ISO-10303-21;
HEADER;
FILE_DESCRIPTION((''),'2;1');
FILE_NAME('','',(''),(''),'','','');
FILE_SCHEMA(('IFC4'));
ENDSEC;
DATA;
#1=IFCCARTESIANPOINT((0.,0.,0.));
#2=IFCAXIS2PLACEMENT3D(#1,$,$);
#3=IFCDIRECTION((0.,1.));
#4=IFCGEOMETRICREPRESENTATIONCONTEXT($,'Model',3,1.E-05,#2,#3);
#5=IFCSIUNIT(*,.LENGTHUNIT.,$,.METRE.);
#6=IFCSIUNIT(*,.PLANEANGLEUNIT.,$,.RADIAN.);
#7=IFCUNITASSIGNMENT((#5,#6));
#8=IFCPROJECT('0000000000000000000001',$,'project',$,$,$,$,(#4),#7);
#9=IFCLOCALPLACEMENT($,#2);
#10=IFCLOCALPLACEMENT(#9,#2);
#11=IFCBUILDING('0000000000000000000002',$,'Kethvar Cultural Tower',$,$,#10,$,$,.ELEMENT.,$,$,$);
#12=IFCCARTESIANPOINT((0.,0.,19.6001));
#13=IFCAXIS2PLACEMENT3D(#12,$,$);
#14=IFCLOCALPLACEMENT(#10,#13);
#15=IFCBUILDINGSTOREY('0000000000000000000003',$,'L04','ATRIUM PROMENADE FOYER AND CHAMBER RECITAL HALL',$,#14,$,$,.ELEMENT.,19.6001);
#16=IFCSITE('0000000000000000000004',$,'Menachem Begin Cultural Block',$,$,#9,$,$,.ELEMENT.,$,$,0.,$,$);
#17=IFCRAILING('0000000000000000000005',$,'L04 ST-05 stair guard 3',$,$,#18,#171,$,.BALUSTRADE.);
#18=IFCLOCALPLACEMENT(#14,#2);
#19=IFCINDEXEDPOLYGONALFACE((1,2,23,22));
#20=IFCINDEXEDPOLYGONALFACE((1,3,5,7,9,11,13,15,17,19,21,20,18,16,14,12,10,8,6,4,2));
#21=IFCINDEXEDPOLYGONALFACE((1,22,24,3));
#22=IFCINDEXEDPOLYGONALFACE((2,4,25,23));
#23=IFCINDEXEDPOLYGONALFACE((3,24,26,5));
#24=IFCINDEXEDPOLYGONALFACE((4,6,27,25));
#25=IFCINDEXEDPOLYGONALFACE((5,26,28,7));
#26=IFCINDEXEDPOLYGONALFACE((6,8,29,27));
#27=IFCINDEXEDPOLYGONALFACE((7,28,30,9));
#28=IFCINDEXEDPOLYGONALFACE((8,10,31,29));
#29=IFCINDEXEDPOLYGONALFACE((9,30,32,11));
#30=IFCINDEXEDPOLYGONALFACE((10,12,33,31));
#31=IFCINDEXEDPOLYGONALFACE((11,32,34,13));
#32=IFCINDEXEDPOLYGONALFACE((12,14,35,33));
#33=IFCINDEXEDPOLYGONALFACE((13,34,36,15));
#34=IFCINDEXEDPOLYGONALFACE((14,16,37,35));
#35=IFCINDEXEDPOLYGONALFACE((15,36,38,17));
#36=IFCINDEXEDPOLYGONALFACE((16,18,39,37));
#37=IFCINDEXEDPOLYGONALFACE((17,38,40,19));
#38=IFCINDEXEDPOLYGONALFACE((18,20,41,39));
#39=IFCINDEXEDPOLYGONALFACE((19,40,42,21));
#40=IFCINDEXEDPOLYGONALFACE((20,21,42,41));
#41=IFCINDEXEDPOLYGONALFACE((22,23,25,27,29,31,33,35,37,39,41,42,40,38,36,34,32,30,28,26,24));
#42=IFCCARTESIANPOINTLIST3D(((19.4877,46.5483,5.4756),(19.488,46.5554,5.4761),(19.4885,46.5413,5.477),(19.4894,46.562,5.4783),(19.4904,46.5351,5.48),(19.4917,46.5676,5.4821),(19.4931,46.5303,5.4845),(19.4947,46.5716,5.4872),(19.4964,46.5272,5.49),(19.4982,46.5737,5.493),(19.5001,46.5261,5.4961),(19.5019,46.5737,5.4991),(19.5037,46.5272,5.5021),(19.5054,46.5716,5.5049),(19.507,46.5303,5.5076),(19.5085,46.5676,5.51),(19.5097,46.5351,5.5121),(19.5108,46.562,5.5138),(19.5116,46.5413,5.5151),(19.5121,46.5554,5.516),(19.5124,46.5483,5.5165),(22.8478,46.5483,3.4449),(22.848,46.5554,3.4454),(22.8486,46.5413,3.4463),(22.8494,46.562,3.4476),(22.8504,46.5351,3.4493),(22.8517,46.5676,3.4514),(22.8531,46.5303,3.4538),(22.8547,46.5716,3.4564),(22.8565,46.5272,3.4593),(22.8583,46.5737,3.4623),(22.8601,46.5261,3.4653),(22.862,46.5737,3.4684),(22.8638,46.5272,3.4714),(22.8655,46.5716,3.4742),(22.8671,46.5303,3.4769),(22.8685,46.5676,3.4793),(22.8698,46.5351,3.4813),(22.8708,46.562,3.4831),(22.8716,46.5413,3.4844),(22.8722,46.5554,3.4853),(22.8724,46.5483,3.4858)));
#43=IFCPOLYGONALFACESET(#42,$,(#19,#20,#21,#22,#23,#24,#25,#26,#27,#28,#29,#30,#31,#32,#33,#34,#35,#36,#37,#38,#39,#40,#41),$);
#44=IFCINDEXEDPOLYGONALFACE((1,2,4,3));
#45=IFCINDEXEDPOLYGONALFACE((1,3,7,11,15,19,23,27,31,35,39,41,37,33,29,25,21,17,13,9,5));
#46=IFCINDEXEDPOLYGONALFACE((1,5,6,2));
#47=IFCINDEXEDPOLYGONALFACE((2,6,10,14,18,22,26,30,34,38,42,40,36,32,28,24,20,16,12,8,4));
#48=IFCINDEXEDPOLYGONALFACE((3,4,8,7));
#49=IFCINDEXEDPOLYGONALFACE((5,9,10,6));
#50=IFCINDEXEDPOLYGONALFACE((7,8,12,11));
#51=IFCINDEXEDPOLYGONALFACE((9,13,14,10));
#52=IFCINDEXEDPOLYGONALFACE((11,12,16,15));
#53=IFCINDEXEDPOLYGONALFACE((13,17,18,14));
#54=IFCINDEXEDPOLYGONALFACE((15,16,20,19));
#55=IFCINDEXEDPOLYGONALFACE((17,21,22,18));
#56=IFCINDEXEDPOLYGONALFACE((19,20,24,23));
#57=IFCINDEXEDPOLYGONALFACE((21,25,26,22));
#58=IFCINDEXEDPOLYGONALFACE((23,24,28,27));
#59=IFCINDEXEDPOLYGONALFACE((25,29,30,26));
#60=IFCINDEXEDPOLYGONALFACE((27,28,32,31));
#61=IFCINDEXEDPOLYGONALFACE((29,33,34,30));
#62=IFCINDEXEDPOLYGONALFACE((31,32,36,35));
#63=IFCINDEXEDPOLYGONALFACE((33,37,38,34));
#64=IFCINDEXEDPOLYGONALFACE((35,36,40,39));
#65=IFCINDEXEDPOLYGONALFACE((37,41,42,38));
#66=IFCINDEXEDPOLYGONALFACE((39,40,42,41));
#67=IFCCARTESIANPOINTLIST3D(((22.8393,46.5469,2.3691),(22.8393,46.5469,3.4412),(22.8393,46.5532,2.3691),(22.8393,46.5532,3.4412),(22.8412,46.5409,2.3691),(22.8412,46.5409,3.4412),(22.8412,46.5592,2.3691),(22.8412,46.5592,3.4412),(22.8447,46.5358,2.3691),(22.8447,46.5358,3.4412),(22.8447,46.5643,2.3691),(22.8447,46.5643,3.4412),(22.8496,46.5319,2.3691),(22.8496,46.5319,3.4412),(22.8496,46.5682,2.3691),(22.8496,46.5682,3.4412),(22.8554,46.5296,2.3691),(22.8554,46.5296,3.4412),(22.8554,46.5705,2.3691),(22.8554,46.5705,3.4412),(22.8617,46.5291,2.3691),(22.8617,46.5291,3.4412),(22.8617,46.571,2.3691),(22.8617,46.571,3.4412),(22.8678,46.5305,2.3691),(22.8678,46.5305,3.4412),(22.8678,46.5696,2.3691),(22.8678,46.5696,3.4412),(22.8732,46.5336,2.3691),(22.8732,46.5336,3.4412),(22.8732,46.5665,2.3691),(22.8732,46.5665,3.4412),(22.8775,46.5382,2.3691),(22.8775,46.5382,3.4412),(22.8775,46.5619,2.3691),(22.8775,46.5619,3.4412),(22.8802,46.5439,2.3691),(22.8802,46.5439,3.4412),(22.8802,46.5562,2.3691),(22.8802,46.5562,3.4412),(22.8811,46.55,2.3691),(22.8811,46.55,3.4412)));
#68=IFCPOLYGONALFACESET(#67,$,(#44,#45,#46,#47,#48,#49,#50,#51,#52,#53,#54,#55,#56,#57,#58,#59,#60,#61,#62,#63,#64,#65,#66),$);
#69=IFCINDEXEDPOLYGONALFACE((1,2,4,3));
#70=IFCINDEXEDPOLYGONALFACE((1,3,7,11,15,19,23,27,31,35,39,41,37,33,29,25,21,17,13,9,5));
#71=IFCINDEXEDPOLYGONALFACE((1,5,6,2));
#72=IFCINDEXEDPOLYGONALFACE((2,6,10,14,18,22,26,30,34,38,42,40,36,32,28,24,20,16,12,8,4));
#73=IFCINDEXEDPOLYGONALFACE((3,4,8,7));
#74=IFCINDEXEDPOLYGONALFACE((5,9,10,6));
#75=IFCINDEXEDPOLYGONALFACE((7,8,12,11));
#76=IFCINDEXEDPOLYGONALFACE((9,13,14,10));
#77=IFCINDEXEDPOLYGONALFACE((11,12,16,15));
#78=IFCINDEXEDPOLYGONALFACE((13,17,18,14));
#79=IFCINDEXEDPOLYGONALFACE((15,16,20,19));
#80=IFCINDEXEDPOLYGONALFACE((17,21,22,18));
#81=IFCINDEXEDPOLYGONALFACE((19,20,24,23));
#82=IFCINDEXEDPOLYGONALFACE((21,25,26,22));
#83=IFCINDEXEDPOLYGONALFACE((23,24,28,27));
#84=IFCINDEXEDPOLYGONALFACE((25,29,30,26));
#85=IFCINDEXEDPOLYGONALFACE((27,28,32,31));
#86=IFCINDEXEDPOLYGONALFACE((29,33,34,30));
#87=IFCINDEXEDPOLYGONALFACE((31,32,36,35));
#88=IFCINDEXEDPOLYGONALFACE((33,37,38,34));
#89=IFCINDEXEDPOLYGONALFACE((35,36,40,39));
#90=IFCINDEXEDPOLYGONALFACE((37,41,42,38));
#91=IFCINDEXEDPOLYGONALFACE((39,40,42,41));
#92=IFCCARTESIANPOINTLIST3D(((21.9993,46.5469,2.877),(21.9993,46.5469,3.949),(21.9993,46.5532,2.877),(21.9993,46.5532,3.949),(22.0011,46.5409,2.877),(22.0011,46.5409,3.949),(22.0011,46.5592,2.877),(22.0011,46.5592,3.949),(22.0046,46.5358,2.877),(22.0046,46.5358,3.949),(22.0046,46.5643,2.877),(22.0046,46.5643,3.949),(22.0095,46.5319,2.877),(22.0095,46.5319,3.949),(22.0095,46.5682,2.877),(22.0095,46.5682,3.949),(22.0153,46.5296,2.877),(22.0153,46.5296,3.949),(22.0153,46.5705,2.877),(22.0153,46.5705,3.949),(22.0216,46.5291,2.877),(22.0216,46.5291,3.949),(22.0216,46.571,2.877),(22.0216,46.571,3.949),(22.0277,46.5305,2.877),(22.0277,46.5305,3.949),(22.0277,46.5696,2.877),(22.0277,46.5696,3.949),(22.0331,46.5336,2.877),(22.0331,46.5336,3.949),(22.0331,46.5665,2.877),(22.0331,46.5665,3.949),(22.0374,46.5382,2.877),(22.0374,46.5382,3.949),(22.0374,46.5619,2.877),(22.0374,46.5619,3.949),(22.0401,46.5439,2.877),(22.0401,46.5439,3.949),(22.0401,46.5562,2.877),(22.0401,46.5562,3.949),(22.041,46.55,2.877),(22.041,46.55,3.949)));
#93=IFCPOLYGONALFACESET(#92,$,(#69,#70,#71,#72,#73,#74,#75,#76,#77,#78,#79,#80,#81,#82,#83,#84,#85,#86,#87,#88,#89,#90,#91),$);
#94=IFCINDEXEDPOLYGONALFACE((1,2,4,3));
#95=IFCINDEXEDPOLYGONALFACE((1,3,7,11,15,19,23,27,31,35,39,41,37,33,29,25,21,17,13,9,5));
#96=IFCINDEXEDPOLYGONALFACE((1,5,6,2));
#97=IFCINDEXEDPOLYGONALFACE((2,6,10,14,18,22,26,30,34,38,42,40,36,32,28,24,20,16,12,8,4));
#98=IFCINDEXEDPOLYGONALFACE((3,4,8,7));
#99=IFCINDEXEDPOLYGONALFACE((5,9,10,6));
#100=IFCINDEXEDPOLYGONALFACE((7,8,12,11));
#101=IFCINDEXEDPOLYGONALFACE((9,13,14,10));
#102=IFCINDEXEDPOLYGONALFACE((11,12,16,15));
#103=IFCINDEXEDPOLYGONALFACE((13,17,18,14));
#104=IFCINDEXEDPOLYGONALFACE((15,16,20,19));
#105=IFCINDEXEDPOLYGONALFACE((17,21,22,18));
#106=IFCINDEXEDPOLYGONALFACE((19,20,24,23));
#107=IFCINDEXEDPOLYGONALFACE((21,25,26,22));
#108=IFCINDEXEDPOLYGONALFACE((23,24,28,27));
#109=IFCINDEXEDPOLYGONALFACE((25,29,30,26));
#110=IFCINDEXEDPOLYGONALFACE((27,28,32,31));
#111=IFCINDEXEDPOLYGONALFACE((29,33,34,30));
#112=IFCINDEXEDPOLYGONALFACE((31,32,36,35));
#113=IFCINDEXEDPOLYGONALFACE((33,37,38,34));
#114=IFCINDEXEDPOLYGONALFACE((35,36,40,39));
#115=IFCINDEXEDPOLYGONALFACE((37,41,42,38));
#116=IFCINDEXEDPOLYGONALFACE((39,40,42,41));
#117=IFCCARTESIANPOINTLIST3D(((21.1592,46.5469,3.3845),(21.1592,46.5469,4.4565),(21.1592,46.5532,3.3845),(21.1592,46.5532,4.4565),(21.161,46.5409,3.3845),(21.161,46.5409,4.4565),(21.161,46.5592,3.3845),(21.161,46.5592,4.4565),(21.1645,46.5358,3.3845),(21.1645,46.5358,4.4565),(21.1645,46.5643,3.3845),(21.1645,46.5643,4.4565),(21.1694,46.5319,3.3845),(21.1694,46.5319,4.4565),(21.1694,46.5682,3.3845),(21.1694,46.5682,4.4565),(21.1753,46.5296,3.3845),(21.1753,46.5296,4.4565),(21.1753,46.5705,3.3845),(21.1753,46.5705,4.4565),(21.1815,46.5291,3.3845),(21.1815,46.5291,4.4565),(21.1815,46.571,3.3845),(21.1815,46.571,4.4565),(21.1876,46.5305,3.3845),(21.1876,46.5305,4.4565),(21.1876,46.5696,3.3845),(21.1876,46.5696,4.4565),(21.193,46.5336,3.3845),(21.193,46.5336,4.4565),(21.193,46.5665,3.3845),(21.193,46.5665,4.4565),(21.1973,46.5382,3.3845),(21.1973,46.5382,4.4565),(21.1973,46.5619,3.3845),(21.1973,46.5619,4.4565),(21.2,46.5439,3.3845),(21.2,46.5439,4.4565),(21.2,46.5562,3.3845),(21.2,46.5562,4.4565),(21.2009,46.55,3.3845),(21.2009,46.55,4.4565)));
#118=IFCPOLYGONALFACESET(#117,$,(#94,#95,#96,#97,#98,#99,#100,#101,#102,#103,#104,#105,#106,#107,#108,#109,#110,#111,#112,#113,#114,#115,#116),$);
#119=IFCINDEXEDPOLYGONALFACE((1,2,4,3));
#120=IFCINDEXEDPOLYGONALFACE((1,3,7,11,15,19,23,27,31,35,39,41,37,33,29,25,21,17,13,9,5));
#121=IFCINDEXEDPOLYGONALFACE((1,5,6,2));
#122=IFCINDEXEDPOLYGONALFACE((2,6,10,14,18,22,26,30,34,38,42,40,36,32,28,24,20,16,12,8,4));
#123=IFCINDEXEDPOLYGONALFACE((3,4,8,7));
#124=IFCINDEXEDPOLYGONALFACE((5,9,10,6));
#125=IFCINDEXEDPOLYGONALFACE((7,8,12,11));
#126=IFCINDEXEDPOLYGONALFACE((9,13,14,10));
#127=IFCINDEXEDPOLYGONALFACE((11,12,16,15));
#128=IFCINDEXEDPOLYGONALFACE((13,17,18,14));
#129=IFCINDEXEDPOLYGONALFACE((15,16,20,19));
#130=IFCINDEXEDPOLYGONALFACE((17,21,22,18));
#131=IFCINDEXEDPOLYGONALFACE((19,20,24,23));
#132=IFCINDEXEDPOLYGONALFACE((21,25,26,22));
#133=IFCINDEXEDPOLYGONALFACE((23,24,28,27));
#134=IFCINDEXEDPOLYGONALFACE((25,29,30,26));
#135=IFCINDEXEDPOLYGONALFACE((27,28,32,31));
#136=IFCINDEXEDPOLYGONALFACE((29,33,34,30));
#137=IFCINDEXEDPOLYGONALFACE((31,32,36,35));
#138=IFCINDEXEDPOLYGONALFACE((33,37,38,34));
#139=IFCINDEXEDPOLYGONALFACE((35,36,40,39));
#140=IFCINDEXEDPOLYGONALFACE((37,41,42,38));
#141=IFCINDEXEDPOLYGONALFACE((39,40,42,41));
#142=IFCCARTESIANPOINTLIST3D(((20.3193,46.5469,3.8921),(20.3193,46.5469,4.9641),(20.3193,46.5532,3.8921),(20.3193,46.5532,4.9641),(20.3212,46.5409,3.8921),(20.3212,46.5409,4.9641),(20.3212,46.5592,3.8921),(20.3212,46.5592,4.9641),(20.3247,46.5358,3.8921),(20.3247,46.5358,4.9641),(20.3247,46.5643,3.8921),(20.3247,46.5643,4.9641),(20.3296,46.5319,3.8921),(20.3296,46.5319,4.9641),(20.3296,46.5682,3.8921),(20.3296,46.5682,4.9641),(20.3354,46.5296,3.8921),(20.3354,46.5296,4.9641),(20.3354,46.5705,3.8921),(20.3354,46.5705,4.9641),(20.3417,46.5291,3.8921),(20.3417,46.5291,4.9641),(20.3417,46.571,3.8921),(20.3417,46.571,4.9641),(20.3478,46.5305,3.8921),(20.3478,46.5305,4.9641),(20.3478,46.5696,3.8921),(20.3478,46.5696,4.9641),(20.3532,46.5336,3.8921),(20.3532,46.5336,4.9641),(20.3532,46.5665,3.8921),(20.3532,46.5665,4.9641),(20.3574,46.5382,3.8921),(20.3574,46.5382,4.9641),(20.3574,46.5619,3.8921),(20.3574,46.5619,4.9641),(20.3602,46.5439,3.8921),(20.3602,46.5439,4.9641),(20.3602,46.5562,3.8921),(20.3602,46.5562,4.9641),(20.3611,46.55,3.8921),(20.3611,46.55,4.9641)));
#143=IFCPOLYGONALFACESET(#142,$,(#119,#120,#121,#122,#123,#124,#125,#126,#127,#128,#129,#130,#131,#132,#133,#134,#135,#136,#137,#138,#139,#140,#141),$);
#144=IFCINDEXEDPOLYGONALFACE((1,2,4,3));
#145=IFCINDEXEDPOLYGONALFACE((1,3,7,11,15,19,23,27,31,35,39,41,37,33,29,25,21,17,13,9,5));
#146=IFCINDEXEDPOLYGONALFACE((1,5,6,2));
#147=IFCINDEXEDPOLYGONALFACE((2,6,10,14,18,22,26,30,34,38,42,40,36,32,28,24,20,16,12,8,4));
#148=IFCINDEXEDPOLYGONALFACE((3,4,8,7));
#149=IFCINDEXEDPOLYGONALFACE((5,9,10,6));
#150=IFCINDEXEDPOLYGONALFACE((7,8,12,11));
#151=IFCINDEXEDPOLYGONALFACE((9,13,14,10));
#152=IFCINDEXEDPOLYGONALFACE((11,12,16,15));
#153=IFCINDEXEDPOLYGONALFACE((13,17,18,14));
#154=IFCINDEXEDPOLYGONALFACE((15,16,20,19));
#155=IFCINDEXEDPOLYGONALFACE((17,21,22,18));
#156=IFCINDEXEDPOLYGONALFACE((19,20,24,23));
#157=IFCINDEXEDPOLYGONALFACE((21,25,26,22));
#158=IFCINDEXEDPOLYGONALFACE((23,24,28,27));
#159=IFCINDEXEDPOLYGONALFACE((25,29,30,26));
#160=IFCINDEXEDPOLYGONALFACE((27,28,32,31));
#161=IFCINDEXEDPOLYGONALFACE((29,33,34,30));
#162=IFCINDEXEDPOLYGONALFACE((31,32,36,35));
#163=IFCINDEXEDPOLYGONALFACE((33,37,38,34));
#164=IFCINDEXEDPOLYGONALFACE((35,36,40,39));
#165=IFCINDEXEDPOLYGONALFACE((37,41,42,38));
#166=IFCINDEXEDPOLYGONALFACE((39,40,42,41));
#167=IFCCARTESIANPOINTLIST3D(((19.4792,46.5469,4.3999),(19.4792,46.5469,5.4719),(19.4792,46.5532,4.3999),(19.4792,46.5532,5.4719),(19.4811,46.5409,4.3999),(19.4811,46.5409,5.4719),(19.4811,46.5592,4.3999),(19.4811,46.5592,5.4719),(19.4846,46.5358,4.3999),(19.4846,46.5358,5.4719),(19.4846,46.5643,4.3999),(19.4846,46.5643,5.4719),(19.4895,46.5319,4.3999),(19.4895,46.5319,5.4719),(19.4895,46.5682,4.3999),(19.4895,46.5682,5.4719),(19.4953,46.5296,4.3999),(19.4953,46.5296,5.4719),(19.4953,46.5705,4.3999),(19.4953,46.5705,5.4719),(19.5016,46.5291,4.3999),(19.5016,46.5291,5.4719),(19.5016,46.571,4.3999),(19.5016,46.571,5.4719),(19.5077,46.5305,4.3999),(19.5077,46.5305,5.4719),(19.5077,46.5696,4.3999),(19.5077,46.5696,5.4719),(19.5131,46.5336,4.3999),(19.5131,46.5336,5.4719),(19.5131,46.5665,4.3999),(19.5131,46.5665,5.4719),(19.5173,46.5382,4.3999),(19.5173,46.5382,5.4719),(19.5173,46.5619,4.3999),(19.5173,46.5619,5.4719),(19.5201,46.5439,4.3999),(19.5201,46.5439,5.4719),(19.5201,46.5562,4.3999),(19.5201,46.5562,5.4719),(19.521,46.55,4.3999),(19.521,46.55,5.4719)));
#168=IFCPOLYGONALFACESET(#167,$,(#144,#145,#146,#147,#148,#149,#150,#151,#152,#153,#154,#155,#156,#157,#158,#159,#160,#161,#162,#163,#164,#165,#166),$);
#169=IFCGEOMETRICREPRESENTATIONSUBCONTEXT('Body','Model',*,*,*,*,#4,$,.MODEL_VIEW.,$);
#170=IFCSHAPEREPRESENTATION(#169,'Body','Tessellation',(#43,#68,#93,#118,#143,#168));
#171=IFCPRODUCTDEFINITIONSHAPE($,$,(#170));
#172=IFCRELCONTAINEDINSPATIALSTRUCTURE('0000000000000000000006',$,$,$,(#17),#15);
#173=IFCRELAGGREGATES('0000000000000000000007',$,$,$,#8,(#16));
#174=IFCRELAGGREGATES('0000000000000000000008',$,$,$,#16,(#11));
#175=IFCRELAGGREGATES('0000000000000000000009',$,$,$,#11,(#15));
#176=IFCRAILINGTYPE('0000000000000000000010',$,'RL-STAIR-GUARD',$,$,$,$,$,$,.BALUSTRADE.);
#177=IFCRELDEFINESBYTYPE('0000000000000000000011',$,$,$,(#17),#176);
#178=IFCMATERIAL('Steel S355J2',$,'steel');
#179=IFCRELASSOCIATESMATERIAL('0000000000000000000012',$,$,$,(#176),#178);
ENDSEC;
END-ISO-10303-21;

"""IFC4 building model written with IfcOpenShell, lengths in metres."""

from ifc_helpers import new_model, si_unit, direction, frame, origin, origin_2d, place, context, subcontext, project, spatial, circle, extrude, material, type_object, element, save


model = new_model("IFC4")

# Units and contexts
model_context = context("Model", 3, precision=1e-05, world=origin(), true_north=direction((0.0, 1.0)))
body_context = subcontext(model_context, "Body", "Model", "MODEL_VIEW")
ifc_project = project(units=[si_unit("LENGTHUNIT", "METRE"), si_unit("PLANEANGLEUNIT", "RADIAN")], contexts=[model_context])

# Site, building, storey
site_placement = place(None, origin())
site = spatial("IfcSite", under=ifc_project, at=site_placement, Name="Menachem Begin Cultural Block", CompositionType="ELEMENT", RefElevation=0.0)
building_placement = place(site_placement, origin())
building = spatial("IfcBuilding", under=site, at=building_placement, Name="Kethvar Cultural Tower", CompositionType="ELEMENT")
storey_placement = place(building_placement, frame((0.0, 0.0, 19.6001)))
storey = spatial("IfcBuildingStorey", under=building, at=storey_placement, Name="L04", Description="ATRIUM PROMENADE FOYER AND CHAMBER RECITAL HALL", CompositionType="ELEMENT", Elevation=19.6001)

# Railing
ifc_material_1 = material(Name="Steel S355J2", Category="steel")
railing_type = type_object("IfcRailingType", Name="RL-STAIR-GUARD", PredefinedType="BALUSTRADE", material=ifc_material_1)
railing_1_placement = place(storey_placement, frame((22.8601, 46.55, 2.3691)))
element("IfcRailing", 1, at=railing_1_placement, inside=storey, type_object=railing_type, Name="L04 ST-05 stair guard 3", PredefinedType="BALUSTRADE", context=body_context, shape_type="SweptSolid", body=[
    extrude(circle(Radius=0.0239, at=origin_2d()), frame((0.0, 0.0, 1.0962), z_axis=(-0.855837, 0.0, 0.517246), x_axis=(0.0, -1.0, 0.0)), (0.0, 0.0, 1.0), 3.926),
    extrude(circle(Radius=0.021, at=origin_2d()), origin(), (0.0, 0.0, 1.0), 1.072),
    extrude(circle(Radius=0.021, at=origin_2d()), frame((-0.8401, 0.0, 0.5078)), (0.0, 0.0, 1.0), 1.072),
    extrude(circle(Radius=0.021, at=origin_2d()), frame((-1.6802, 0.0, 1.0154)), (0.0, 0.0, 1.0), 1.072),
    extrude(circle(Radius=0.021, at=origin_2d()), frame((-2.52, 0.0, 1.5229)), (0.0, 0.0, 1.0), 1.072),
    extrude(circle(Radius=0.021, at=origin_2d()), frame((-3.3601, 0.0, 2.0308)), (0.0, 0.0, 1.0), 1.072),
])

save(model, "model.ifc")
